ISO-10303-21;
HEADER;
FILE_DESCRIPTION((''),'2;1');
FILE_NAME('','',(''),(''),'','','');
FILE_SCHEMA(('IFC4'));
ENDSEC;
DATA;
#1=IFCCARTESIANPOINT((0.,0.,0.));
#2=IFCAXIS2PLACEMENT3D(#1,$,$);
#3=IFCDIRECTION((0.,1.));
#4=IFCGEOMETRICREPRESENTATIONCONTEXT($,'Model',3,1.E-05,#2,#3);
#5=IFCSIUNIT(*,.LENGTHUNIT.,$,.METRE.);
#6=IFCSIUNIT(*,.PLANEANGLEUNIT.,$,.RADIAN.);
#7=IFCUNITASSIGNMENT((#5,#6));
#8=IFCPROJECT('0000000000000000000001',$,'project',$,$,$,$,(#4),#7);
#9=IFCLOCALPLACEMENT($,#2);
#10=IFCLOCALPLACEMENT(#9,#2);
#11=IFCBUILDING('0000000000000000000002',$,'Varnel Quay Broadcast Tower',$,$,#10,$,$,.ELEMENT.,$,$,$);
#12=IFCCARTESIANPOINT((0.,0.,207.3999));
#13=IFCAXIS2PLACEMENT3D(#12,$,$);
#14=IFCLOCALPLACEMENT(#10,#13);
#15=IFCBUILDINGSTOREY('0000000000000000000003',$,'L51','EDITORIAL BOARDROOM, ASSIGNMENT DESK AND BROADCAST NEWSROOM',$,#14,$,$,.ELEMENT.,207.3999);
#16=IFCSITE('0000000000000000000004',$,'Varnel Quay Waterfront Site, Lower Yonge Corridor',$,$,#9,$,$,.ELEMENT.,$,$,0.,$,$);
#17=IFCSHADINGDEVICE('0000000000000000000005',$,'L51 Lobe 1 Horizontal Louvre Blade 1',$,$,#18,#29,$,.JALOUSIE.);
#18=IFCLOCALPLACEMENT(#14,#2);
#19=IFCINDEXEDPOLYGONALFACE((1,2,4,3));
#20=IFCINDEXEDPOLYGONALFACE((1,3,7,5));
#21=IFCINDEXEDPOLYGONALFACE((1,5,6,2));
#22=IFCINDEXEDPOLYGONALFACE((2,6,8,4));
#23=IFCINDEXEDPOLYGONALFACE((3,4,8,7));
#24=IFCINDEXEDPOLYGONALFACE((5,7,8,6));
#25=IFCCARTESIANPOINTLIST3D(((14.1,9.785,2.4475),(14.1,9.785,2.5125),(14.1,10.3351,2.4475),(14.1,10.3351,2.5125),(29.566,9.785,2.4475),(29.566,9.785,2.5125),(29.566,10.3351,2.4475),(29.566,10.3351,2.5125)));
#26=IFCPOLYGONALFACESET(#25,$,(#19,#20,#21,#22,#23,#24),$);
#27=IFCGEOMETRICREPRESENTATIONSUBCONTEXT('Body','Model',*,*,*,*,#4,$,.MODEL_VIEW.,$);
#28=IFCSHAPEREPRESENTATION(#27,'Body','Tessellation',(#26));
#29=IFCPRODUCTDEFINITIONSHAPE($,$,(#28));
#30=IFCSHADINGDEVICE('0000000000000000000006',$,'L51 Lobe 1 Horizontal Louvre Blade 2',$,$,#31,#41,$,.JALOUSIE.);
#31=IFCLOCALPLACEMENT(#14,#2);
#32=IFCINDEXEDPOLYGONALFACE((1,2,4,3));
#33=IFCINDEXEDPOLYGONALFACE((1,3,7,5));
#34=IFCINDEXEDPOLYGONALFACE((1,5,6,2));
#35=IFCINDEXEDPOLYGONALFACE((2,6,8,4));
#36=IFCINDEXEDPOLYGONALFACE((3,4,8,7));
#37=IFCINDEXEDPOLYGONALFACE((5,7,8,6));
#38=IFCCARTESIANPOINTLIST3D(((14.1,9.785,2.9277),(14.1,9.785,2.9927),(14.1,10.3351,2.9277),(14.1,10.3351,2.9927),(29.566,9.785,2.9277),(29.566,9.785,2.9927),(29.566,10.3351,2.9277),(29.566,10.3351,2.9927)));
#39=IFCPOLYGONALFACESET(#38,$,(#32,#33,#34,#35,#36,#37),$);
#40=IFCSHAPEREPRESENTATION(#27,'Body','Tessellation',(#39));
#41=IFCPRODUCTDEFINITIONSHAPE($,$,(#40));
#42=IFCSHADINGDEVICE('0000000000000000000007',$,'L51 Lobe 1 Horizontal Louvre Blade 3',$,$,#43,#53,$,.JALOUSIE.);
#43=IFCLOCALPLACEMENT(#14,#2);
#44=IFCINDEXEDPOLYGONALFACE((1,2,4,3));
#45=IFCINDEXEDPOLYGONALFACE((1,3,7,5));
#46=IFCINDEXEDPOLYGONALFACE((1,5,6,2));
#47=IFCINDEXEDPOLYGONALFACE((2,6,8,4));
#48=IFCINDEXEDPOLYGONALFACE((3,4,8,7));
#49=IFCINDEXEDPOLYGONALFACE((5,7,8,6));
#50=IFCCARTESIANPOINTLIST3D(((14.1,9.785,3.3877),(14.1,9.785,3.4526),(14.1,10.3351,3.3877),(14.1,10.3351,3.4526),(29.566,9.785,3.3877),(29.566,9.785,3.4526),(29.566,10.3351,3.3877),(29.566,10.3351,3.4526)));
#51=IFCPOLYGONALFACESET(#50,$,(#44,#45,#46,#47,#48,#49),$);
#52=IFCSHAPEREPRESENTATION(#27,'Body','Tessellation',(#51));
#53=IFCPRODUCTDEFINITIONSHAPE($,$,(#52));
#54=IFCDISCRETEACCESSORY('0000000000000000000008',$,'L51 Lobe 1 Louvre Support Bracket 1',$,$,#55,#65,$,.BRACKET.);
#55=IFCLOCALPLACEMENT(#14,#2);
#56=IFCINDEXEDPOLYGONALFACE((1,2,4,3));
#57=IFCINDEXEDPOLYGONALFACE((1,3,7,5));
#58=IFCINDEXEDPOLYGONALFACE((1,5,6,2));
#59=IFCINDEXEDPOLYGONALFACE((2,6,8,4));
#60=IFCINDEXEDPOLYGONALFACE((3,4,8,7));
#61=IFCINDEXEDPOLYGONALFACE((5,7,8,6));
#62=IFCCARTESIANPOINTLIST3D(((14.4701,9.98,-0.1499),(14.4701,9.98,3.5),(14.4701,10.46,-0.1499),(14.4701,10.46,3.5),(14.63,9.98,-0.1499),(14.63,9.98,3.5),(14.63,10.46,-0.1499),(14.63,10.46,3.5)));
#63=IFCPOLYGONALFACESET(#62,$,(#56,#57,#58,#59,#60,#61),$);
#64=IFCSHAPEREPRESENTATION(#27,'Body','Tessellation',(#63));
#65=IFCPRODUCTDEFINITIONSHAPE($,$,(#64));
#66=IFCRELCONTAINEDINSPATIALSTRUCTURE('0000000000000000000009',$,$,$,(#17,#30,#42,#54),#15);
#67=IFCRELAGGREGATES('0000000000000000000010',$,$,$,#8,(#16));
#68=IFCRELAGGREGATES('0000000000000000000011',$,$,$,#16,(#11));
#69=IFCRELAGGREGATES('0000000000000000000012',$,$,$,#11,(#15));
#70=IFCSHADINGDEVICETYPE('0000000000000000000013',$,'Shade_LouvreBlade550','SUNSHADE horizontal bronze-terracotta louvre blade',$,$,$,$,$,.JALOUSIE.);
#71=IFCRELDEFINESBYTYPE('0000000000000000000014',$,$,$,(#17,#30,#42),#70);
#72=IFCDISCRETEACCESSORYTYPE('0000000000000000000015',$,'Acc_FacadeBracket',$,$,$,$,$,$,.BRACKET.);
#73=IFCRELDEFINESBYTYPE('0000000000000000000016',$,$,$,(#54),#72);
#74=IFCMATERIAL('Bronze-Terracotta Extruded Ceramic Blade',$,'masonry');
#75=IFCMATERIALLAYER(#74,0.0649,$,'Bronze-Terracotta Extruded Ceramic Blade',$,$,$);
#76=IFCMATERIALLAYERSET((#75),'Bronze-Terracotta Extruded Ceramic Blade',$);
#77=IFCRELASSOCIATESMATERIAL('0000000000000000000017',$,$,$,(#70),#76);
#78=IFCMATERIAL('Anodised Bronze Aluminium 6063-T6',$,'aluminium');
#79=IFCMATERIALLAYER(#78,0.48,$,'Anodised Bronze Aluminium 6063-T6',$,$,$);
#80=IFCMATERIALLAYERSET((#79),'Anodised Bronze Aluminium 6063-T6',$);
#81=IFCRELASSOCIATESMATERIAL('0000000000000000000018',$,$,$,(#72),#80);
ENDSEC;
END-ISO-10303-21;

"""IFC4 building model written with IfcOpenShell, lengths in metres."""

from ifc_helpers import new_model, si_unit, direction, frame, origin, origin_2d, place, context, subcontext, project, spatial, rectangle, extrude, source, transform, mapped, material, layer, layer_set, type_object, type_shapes, element, save


model = new_model("IFC4")

# Units and contexts
model_context = context("Model", 3, precision=1e-05, world=origin(), true_north=direction((0.0, 1.0)))
body_context = subcontext(model_context, "Body", "Model", "MODEL_VIEW")
ifc_project = project(units=[si_unit("LENGTHUNIT", "METRE"), si_unit("PLANEANGLEUNIT", "RADIAN")], contexts=[model_context])

# Site, building, storey
site_placement = place(None, origin())
site = spatial("IfcSite", under=ifc_project, at=site_placement, Name="Varnel Quay Waterfront Site, Lower Yonge Corridor", CompositionType="ELEMENT", RefElevation=0.0)
building_placement = place(site_placement, origin())
building = spatial("IfcBuilding", under=site, at=building_placement, Name="Varnel Quay Broadcast Tower", CompositionType="ELEMENT")
storey_placement = place(building_placement, frame((0.0, 0.0, 207.3999)))
storey = spatial("IfcBuildingStorey", under=building, at=storey_placement, Name="L51", Description="EDITORIAL BOARDROOM, ASSIGNMENT DESK AND BROADCAST NEWSROOM", CompositionType="ELEMENT", Elevation=207.3999)

# Shared definitions
ifc_material_1 = material(Name="Anodised Bronze Aluminium 6063-T6", Category="aluminium")

# Shared definitions
ifc_material_2 = material(Name="Bronze-Terracotta Extruded Ceramic Blade", Category="masonry")

# Shading devices
ifc_layer_1 = layer(ifc_material_2, 0.0649, Name="Bronze-Terracotta Extruded Ceramic Blade")
ifc_layer_set_1 = layer_set([ifc_layer_1], Name="Bronze-Terracotta Extruded Ceramic Blade")
shading_device_type = type_object("IfcShadingDeviceType", Name="Shade_LouvreBlade550", Description="SUNSHADE horizontal bronze-terracotta louvre blade", PredefinedType="JALOUSIE", material=ifc_layer_set_1)
shared_shape_1 = source(origin(), body_context, "Body", "SweptSolid", [
    extrude(rectangle(XDim=15.4661, YDim=0.55, at=origin_2d()), origin(), (0.0, 0.0, 1.0), 0.0649),
])
type_shapes(shading_device_type, [shared_shape_1])
for number, where, z_axis, x_axis, name in (
    (1, (21.833, 10.0601, 2.4475), (0.0, 0.0, 1.0), (1.0, 0.0, 0.0), "L51 Lobe 1 Horizontal Louvre Blade 1"),
    (2, (21.833, 10.0601, 2.9277), (0.0, 0.0, 1.0), (1.0, 0.0, 0.0), "L51 Lobe 1 Horizontal Louvre Blade 2"),
    (3, (21.833, 10.0601, 3.3877), (0.0, 0.0, 1.0), (1.0, 0.0, 0.0), "L51 Lobe 1 Horizontal Louvre Blade 3"),
):
    element("IfcShadingDevice", number, at=place(storey_placement, frame(where, z_axis=z_axis, x_axis=x_axis)), inside=storey, type_object=shading_device_type, Name=name, PredefinedType="JALOUSIE", context=body_context, shape_type="MappedRepresentation", body=[
        mapped(shared_shape_1, transform((0.0, 0.0, 0.0), x_axis=(1.0, 0.0, 0.0), y_axis=(0.0, 1.0, 0.0), z_axis=(0.0, 0.0, 1.0), scale=1.0)),
    ])

# Discrete accessory
ifc_layer_2 = layer(ifc_material_1, 0.48, Name="Anodised Bronze Aluminium 6063-T6")
ifc_layer_set_2 = layer_set([ifc_layer_2], Name="Anodised Bronze Aluminium 6063-T6")
discrete_accessory_type = type_object("IfcDiscreteAccessoryType", Name="Acc_FacadeBracket", PredefinedType="BRACKET", material=ifc_layer_set_2)
shared_shape_2 = source(origin(), body_context, "Body", "SweptSolid", [
    extrude(rectangle(XDim=0.1599, YDim=0.48, at=origin_2d()), origin(), (0.0, 0.0, 1.0), 3.6499),
])
type_shapes(discrete_accessory_type, [shared_shape_2])
discrete_accessory_placement = place(storey_placement, frame((14.55, 10.22, -0.1499), z_axis=(0.0, 0.0, 1.0), x_axis=(1.0, 0.0, 0.0)))
element("IfcDiscreteAccessory", 4, at=discrete_accessory_placement, inside=storey, type_object=discrete_accessory_type, Name="L51 Lobe 1 Louvre Support Bracket 1", PredefinedType="BRACKET", context=body_context, shape_type="MappedRepresentation", body=[
    mapped(shared_shape_2, transform((0.0, 0.0, 0.0), x_axis=(1.0, 0.0, 0.0), y_axis=(0.0, 1.0, 0.0), z_axis=(0.0, 0.0, 1.0), scale=1.0)),
])

save(model, "model.ifc")
